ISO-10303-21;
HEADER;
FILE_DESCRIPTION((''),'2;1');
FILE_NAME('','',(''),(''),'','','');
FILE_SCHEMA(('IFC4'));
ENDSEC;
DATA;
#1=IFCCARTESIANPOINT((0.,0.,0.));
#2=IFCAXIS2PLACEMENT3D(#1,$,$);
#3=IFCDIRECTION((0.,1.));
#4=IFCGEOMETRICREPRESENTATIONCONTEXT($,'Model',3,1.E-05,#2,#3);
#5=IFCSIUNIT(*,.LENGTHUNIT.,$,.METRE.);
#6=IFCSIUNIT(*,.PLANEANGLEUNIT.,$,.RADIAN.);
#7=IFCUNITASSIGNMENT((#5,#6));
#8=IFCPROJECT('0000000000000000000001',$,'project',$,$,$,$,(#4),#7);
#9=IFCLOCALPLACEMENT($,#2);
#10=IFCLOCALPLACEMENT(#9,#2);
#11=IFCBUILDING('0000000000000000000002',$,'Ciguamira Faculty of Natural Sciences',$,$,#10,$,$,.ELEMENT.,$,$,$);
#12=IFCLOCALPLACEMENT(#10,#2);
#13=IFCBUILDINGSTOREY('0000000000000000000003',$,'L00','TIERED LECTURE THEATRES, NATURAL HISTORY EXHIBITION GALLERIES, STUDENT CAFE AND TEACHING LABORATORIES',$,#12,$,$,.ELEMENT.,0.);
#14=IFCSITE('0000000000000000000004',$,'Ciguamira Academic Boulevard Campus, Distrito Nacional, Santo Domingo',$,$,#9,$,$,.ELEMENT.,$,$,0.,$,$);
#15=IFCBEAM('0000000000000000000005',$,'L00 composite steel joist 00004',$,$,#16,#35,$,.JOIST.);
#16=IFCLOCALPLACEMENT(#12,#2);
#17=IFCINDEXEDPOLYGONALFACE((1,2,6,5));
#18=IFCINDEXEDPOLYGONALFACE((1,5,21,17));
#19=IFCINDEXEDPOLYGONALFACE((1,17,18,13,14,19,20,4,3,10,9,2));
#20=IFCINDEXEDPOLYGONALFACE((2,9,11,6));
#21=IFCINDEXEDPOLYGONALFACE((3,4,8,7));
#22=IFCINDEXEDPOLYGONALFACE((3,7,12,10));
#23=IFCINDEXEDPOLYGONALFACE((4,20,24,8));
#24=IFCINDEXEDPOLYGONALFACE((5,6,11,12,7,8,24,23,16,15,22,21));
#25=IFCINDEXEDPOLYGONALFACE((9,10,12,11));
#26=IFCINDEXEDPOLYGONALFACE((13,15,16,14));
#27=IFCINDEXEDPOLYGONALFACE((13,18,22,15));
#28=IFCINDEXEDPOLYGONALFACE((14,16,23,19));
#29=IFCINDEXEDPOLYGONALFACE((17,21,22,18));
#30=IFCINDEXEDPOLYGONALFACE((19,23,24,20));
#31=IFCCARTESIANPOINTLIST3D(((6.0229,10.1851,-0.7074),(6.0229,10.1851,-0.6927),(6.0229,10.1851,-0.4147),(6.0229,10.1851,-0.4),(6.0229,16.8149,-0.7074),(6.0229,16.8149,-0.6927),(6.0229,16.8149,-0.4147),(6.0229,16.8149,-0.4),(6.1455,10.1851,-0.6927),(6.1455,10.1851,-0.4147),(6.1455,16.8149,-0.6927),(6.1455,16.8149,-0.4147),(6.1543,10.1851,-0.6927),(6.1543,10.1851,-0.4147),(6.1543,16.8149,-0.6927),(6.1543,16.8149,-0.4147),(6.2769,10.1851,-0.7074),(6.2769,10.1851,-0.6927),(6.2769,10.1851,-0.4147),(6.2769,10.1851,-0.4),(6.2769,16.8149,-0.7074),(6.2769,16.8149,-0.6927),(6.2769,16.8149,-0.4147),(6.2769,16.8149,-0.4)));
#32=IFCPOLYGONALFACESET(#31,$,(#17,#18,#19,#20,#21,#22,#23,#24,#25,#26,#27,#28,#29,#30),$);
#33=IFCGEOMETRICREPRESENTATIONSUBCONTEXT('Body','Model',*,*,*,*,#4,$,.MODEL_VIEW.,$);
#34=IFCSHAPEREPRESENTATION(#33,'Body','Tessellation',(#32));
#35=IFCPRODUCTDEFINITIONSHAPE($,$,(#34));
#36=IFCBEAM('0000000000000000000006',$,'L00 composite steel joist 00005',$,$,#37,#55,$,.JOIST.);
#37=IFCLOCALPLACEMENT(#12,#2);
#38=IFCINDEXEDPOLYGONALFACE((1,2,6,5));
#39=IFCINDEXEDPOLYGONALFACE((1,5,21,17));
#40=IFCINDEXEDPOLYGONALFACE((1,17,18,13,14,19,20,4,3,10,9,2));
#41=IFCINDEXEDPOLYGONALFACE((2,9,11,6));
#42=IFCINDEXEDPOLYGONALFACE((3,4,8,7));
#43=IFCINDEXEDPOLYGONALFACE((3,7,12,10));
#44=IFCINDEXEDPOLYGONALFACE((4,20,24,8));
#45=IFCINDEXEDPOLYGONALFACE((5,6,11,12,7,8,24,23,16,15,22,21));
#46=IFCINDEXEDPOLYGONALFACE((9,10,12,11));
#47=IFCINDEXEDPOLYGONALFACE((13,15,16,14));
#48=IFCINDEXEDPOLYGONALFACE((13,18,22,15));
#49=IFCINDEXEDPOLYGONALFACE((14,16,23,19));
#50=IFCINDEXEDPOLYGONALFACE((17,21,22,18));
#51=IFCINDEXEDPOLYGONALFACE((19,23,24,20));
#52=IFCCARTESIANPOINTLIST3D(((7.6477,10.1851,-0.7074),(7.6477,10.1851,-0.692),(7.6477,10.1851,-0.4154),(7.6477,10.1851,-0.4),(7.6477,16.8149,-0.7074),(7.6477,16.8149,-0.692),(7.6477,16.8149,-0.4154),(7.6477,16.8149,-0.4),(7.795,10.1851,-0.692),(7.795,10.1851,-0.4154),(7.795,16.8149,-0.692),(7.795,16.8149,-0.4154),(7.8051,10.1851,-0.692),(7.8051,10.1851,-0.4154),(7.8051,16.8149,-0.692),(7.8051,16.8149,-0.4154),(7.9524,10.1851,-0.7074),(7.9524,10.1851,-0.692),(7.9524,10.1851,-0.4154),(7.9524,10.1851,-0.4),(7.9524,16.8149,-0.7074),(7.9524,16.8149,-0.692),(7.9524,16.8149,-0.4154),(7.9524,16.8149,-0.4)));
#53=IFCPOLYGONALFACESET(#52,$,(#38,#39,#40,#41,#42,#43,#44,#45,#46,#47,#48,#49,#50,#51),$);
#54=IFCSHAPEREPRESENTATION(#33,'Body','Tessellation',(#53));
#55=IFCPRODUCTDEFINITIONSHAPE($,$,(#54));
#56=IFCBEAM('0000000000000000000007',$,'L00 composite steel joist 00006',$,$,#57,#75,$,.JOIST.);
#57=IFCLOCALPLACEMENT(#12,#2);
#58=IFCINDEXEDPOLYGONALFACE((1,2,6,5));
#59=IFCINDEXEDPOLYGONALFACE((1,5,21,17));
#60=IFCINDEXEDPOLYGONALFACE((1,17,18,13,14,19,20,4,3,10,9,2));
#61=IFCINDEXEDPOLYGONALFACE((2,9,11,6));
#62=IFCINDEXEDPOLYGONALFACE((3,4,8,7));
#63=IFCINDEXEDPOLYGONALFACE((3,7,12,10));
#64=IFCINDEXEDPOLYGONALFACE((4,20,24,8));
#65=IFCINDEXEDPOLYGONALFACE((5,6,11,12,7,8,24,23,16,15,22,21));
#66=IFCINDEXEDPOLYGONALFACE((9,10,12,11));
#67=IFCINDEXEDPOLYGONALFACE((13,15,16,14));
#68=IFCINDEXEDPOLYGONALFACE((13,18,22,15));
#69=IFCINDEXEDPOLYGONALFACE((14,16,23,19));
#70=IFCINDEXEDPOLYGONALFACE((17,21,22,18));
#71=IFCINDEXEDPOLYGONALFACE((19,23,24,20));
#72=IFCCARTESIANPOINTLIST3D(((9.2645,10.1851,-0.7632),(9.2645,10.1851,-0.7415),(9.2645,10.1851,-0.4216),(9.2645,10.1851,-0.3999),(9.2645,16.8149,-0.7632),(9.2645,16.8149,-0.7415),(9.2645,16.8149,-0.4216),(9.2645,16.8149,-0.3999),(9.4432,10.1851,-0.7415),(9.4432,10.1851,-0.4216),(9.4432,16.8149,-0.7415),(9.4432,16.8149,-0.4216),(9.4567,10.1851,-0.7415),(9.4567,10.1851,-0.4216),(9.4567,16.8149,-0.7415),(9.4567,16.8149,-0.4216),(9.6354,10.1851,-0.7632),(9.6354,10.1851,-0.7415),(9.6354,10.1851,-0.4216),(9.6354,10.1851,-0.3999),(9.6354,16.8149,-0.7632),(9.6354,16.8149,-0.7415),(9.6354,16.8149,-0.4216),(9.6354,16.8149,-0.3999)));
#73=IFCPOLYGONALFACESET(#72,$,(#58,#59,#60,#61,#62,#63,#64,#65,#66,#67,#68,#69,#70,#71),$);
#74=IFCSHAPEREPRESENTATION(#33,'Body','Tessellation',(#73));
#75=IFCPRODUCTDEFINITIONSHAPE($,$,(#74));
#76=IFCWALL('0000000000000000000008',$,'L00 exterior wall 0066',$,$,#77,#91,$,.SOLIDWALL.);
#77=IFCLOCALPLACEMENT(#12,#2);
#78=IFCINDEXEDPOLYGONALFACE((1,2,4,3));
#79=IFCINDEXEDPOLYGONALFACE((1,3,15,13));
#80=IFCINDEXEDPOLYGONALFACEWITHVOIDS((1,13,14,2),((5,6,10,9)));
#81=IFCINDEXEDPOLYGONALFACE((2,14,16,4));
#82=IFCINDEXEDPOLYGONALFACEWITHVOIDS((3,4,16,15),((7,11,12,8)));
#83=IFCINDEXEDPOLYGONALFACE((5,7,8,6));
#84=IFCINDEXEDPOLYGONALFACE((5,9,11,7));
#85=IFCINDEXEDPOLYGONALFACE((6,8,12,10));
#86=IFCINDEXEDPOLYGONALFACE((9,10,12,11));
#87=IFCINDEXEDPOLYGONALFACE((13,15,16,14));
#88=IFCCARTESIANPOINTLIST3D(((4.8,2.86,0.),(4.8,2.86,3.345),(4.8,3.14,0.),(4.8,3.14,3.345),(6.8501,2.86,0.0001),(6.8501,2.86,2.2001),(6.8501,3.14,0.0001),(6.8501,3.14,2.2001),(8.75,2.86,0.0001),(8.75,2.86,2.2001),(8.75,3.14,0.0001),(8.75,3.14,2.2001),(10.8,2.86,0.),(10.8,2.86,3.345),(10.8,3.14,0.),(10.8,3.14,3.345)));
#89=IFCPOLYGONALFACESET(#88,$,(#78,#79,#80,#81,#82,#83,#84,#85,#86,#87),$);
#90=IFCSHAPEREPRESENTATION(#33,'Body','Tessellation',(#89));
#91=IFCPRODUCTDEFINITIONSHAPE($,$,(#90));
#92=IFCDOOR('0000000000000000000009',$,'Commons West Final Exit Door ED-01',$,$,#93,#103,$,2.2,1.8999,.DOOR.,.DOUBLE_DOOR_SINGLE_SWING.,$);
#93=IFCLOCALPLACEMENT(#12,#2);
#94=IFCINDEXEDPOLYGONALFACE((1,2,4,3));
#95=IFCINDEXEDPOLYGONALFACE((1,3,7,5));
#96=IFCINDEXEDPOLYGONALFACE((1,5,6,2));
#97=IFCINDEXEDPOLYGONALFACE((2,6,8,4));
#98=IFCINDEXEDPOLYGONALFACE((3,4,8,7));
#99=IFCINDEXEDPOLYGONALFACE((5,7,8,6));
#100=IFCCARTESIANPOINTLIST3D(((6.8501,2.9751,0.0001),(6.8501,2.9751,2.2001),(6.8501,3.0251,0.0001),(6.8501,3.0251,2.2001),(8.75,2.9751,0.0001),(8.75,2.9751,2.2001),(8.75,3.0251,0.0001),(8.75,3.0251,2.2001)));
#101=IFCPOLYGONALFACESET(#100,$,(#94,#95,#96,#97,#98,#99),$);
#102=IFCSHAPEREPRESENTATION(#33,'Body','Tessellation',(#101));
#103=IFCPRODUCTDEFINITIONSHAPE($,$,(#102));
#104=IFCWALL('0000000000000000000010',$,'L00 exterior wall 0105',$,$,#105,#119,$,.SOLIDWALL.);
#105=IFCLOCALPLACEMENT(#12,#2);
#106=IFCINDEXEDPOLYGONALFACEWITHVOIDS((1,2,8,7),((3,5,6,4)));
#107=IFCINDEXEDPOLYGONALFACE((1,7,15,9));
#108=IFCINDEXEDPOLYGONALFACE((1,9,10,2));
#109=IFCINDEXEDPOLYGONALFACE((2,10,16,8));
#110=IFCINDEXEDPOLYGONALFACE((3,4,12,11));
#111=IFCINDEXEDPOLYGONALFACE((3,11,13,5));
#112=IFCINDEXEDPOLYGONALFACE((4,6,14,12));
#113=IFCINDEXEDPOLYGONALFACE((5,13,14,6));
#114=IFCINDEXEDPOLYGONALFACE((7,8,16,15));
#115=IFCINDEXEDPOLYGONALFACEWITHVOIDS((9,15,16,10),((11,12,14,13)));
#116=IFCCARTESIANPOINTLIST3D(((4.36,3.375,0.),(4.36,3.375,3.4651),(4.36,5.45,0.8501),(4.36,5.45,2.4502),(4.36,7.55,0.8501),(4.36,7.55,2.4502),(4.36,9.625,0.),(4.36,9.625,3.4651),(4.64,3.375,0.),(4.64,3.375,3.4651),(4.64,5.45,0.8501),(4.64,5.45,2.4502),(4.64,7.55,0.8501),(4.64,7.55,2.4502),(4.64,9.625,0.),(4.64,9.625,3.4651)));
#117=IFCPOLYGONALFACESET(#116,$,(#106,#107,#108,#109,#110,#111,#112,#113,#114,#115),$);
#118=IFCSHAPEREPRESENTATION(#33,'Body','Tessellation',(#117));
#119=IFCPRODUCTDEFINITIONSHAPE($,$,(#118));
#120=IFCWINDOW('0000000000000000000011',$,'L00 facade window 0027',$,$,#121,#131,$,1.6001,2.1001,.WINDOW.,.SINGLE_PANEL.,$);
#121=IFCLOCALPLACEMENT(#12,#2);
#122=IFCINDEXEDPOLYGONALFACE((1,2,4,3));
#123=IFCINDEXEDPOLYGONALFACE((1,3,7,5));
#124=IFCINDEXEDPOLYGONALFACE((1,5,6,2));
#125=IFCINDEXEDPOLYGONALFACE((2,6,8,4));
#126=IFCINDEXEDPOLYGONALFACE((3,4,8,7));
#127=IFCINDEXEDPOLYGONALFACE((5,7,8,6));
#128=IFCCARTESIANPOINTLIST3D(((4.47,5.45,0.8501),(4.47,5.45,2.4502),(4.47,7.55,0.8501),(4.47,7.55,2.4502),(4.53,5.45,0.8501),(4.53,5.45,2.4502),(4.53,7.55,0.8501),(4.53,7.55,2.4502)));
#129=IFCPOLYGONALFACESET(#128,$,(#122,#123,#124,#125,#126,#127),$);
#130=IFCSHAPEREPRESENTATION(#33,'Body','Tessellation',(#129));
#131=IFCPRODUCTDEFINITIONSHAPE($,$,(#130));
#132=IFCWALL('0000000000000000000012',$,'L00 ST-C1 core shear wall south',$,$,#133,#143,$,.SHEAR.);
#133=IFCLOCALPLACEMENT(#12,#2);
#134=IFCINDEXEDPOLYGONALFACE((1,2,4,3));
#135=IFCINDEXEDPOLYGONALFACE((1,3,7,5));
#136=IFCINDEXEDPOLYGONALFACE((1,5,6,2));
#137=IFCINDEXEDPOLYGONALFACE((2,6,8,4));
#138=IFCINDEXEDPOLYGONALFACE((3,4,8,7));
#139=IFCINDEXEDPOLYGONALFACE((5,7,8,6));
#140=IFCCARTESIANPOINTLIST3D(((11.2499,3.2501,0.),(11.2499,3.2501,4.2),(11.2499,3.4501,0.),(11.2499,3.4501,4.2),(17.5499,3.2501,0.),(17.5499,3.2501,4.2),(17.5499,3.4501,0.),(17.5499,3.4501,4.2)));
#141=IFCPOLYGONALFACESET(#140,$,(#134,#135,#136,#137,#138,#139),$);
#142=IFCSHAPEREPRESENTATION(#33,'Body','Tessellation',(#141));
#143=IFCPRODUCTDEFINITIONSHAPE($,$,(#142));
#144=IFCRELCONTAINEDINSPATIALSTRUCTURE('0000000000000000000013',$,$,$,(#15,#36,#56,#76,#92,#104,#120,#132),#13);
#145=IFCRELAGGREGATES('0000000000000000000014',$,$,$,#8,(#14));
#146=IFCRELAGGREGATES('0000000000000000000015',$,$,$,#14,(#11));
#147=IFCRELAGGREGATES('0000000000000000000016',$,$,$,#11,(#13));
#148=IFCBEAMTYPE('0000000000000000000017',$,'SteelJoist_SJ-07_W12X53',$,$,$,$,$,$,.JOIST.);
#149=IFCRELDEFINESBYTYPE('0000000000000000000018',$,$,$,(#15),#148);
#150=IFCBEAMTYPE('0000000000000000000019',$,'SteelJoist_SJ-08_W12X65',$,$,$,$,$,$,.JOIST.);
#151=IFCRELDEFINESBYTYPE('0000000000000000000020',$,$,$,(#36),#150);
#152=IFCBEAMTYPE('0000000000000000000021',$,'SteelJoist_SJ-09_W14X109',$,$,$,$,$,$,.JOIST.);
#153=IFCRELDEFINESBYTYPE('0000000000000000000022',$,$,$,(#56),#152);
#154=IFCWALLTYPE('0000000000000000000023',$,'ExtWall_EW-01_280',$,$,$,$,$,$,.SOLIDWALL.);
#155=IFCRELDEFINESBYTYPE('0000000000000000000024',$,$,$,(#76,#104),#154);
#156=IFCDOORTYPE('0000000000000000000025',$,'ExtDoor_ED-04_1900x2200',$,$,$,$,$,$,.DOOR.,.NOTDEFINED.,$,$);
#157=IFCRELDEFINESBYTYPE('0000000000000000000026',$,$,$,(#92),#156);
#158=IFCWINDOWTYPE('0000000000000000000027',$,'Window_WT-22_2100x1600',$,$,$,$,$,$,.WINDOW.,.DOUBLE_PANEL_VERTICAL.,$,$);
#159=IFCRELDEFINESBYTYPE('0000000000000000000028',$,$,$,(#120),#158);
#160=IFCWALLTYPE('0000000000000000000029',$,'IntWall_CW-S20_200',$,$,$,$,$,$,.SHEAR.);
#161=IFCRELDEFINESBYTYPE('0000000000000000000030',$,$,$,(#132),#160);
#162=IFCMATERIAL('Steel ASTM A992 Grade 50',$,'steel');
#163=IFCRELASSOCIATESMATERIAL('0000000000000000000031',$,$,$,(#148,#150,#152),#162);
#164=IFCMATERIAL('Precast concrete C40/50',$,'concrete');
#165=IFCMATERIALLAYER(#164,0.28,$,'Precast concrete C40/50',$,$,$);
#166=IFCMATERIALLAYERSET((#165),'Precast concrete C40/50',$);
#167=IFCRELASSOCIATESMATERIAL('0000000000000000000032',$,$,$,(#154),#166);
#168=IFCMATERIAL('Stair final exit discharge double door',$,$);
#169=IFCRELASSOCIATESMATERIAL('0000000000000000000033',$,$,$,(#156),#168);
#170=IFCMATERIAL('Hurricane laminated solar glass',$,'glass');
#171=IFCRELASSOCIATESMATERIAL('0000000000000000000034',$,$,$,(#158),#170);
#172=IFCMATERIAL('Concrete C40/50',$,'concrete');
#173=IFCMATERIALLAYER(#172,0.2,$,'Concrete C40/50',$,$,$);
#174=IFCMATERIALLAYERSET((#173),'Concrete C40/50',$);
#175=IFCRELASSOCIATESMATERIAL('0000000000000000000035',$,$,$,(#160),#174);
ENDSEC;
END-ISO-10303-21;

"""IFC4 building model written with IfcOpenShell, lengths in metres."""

from ifc_helpers import new_model, si_unit, direction, frame, frame_2d, origin, origin_2d, place, context, subcontext, project, spatial, rectangle, i_section, extrude, material, layer, layer_set, material_profile, profile_set, type_object, element, fill, save


model = new_model("IFC4")

# Units and contexts
model_context = context("Model", 3, precision=1e-05, world=origin(), true_north=direction((0.0, 1.0)))
body_context = subcontext(model_context, "Body", "Model", "MODEL_VIEW")
ifc_project = project(units=[si_unit("LENGTHUNIT", "METRE"), si_unit("PLANEANGLEUNIT", "RADIAN")], contexts=[model_context])

# Site, building, storey
site_placement = place(None, origin())
site = spatial("IfcSite", under=ifc_project, at=site_placement, Name="Ciguamira Academic Boulevard Campus, Distrito Nacional, Santo Domingo", CompositionType="ELEMENT", RefElevation=0.0)
building_placement = place(site_placement, origin())
building = spatial("IfcBuilding", under=site, at=building_placement, Name="Ciguamira Faculty of Natural Sciences", CompositionType="ELEMENT")
storey_placement = place(building_placement, origin())
storey = spatial("IfcBuildingStorey", under=building, at=storey_placement, Name="L00", Description="TIERED LECTURE THEATRES, NATURAL HISTORY EXHIBITION GALLERIES, STUDENT CAFE AND TEACHING LABORATORIES", CompositionType="ELEMENT", Elevation=0.0)

# Shared definitions
ifc_material_1 = material(Name="Concrete C40/50", Category="concrete")

# Beams
ifc_material_2 = material(Name="Precast concrete C40/50", Category="concrete")
ifc_material_3 = material(Name="Steel ASTM A992 Grade 50", Category="steel")
ifc_material_profile_1 = material_profile(ifc_material_3, i_section(OverallWidth=0.2539, OverallDepth=0.3074, WebThickness=0.0088, FlangeThickness=0.0146, at=origin_2d()), Name="W12X53")
ifc_profile_set_1 = profile_set([ifc_material_profile_1], Name="Steel ASTM A992 Grade 50")
beam_type_1 = type_object("IfcBeamType", Name="SteelJoist_SJ-07_W12X53", PredefinedType="JOIST", material=ifc_profile_set_1)
beam_1_placement = place(storey_placement, frame((6.1499, 10.1851, -0.5537), z_axis=(0.0, 1.0, 0.0), x_axis=(-1.0, 0.0, 0.0)))
element("IfcBeam", 1, at=beam_1_placement, inside=storey, type_object=beam_type_1, Name="L00 composite steel joist 00004", PredefinedType="JOIST", context=body_context, shape_type="SweptSolid", body=[
    extrude(i_section(OverallWidth=0.2539, OverallDepth=0.3074, WebThickness=0.0088, FlangeThickness=0.0146, at=origin_2d()), origin(), (0.0, 0.0, 1.0), 6.6299),
])
ifc_material_profile_2 = material_profile(ifc_material_3, i_section(OverallWidth=0.3047, OverallDepth=0.3074, WebThickness=0.01, FlangeThickness=0.0154, at=origin_2d()), Name="W12X65")
ifc_profile_set_2 = profile_set([ifc_material_profile_2], Name="Steel ASTM A992 Grade 50")
beam_type_2 = type_object("IfcBeamType", Name="SteelJoist_SJ-08_W12X65", PredefinedType="JOIST", material=ifc_profile_set_2)
beam_2_placement = place(storey_placement, frame((7.8, 10.1851, -0.5537), z_axis=(0.0, 1.0, 0.0), x_axis=(-1.0, 0.0, 0.0)))
element("IfcBeam", 2, at=beam_2_placement, inside=storey, type_object=beam_type_2, Name="L00 composite steel joist 00005", PredefinedType="JOIST", context=body_context, shape_type="SweptSolid", body=[
    extrude(i_section(OverallWidth=0.3047, OverallDepth=0.3074, WebThickness=0.01, FlangeThickness=0.0154, at=origin_2d()), origin(), (0.0, 0.0, 1.0), 6.6299),
])
ifc_material_profile_3 = material_profile(ifc_material_3, i_section(OverallWidth=0.3708, OverallDepth=0.3633, WebThickness=0.0134, FlangeThickness=0.0217, at=origin_2d()), Name="W14X109")
ifc_profile_set_3 = profile_set([ifc_material_profile_3], Name="Steel ASTM A992 Grade 50")
beam_type_3 = type_object("IfcBeamType", Name="SteelJoist_SJ-09_W14X109", PredefinedType="JOIST", material=ifc_profile_set_3)
beam_3_placement = place(storey_placement, frame((9.45, 10.1851, -0.5815), z_axis=(0.0, 1.0, 0.0), x_axis=(-1.0, 0.0, 0.0)))
element("IfcBeam", 3, at=beam_3_placement, inside=storey, type_object=beam_type_3, Name="L00 composite steel joist 00006", PredefinedType="JOIST", context=body_context, shape_type="SweptSolid", body=[
    extrude(i_section(OverallWidth=0.3708, OverallDepth=0.3633, WebThickness=0.0134, FlangeThickness=0.0217, at=origin_2d()), origin(), (0.0, 0.0, 1.0), 6.6299),
])

# Wall, opening, door
ifc_layer_1 = layer(ifc_material_2, 0.28, Name="Precast concrete C40/50")
ifc_layer_set_1 = layer_set([ifc_layer_1], Name="Precast concrete C40/50")
wall_type_1 = type_object("IfcWallType", Name="ExtWall_EW-01_280", PredefinedType="SOLIDWALL", material=ifc_layer_set_1)
wall_1_placement = place(storey_placement, frame((4.8, 3.0, 0.0), z_axis=(0.0, 0.0, 1.0), x_axis=(1.0, 0.0, 0.0)))
wall_1 = element("IfcWall", 4, at=wall_1_placement, inside=storey, type_object=wall_type_1, Name="L00 exterior wall 0066", PredefinedType="SOLIDWALL", context=body_context, shape_type="SweptSolid", body=[
    extrude(rectangle(XDim=6.0, YDim=0.28, at=frame_2d((3.0, 0.0))), origin(), (0.0, 0.0, 1.0), 3.345),
])
opening_1_placement = place(wall_1_placement, frame((2.05, 0.0, 0.0)))
opening_1 = element("IfcOpeningElement", 5, at=opening_1_placement, cuts=wall_1, PredefinedType="OPENING", context=body_context, shape_type="SweptSolid", body=[
    extrude(rectangle(XDim=1.8999, YDim=2.2, at=frame_2d((0.95, 1.1001))), frame((0.0, 0.1499, 0.0), z_axis=(0.0, -1.0, 0.0), x_axis=(1.0, 0.0, 0.0)), (0.0, 0.0, 1.0), 0.3),
])
ifc_material_4 = material(Name="Stair final exit discharge double door")
door_type_1 = type_object("IfcDoorType", Name="ExtDoor_ED-04_1900x2200", OperationType="NOTDEFINED", PredefinedType="DOOR", material=ifc_material_4)
door_1_placement = place(opening_1_placement, frame((1.8999, 0.0, 0.0), z_axis=(0.0, 0.0, 1.0), x_axis=(-1.0, 0.0, 0.0)))
door_1 = element("IfcDoor", 6, at=door_1_placement, inside=storey, type_object=door_type_1, Name="Commons West Final Exit Door ED-01", OperationType="DOUBLE_DOOR_SINGLE_SWING", OverallHeight=2.2, OverallWidth=1.8999, PredefinedType="DOOR", context=body_context, shape_type="SweptSolid", body=[
    extrude(rectangle(XDim=1.8999, YDim=2.2, at=frame_2d((0.95, 1.1001))), frame((0.0, 0.0249, 0.0), z_axis=(0.0, -1.0, 0.0), x_axis=(1.0, 0.0, 0.0)), (0.0, 0.0, 1.0), 0.05),
])
fill(opening_1, door_1)

# Wall, opening, window
wall_2_placement = place(storey_placement, frame((4.5, 3.375, 0.0), z_axis=(0.0, 0.0, 1.0), x_axis=(0.0, 1.0, 0.0)))
wall_2 = element("IfcWall", 7, at=wall_2_placement, inside=storey, type_object=wall_type_1, Name="L00 exterior wall 0105", PredefinedType="SOLIDWALL", context=body_context, shape_type="SweptSolid", body=[
    extrude(rectangle(XDim=6.25, YDim=0.28, at=frame_2d((3.125, 0.0))), origin(), (0.0, 0.0, 1.0), 3.4651),
])
opening_2_placement = place(wall_2_placement, frame((2.075, 0.0, 0.8501)))
opening_2 = element("IfcOpeningElement", 8, at=opening_2_placement, cuts=wall_2, PredefinedType="OPENING", context=body_context, shape_type="SweptSolid", body=[
    extrude(rectangle(XDim=2.1001, YDim=1.6001, at=frame_2d((1.05, 0.8))), frame((0.0, 0.1499, 0.0), z_axis=(0.0, -1.0, 0.0), x_axis=(1.0, 0.0, 0.0)), (0.0, 0.0, 1.0), 0.3),
])
ifc_material_5 = material(Name="Hurricane laminated solar glass", Category="glass")
window_type = type_object("IfcWindowType", Name="Window_WT-22_2100x1600", PartitioningType="DOUBLE_PANEL_VERTICAL", PredefinedType="WINDOW", material=ifc_material_5)
window_placement = place(opening_2_placement, origin())
window = element("IfcWindow", 9, at=window_placement, inside=storey, type_object=window_type, Name="L00 facade window 0027", OverallHeight=1.6001, OverallWidth=2.1001, PartitioningType="SINGLE_PANEL", PredefinedType="WINDOW", context=body_context, shape_type="SweptSolid", body=[
    extrude(rectangle(XDim=2.1001, YDim=1.6001, at=frame_2d((1.05, 0.8))), frame((0.0, 0.03, 0.0), z_axis=(0.0, -1.0, 0.0), x_axis=(1.0, 0.0, 0.0)), (0.0, 0.0, 1.0), 0.0601),
])
fill(opening_2, window)

# Wall
ifc_layer_2 = layer(ifc_material_1, 0.2, Name="Concrete C40/50")
ifc_layer_set_2 = layer_set([ifc_layer_2], Name="Concrete C40/50")
wall_type_2 = type_object("IfcWallType", Name="IntWall_CW-S20_200", PredefinedType="SHEAR", material=ifc_layer_set_2)
wall_3_placement = place(storey_placement, frame((11.25, 3.3501, 0.0), z_axis=(0.0, 0.0, 1.0), x_axis=(1.0, 0.0, 0.0)))
element("IfcWall", 10, at=wall_3_placement, inside=storey, type_object=wall_type_2, Name="L00 ST-C1 core shear wall south", PredefinedType="SHEAR", context=body_context, shape_type="SweptSolid", body=[
    extrude(rectangle(XDim=6.3, YDim=0.2, at=frame_2d((3.1499, 0.0))), origin(), (0.0, 0.0, 1.0), 4.2),
])

save(model, "model.ifc")
